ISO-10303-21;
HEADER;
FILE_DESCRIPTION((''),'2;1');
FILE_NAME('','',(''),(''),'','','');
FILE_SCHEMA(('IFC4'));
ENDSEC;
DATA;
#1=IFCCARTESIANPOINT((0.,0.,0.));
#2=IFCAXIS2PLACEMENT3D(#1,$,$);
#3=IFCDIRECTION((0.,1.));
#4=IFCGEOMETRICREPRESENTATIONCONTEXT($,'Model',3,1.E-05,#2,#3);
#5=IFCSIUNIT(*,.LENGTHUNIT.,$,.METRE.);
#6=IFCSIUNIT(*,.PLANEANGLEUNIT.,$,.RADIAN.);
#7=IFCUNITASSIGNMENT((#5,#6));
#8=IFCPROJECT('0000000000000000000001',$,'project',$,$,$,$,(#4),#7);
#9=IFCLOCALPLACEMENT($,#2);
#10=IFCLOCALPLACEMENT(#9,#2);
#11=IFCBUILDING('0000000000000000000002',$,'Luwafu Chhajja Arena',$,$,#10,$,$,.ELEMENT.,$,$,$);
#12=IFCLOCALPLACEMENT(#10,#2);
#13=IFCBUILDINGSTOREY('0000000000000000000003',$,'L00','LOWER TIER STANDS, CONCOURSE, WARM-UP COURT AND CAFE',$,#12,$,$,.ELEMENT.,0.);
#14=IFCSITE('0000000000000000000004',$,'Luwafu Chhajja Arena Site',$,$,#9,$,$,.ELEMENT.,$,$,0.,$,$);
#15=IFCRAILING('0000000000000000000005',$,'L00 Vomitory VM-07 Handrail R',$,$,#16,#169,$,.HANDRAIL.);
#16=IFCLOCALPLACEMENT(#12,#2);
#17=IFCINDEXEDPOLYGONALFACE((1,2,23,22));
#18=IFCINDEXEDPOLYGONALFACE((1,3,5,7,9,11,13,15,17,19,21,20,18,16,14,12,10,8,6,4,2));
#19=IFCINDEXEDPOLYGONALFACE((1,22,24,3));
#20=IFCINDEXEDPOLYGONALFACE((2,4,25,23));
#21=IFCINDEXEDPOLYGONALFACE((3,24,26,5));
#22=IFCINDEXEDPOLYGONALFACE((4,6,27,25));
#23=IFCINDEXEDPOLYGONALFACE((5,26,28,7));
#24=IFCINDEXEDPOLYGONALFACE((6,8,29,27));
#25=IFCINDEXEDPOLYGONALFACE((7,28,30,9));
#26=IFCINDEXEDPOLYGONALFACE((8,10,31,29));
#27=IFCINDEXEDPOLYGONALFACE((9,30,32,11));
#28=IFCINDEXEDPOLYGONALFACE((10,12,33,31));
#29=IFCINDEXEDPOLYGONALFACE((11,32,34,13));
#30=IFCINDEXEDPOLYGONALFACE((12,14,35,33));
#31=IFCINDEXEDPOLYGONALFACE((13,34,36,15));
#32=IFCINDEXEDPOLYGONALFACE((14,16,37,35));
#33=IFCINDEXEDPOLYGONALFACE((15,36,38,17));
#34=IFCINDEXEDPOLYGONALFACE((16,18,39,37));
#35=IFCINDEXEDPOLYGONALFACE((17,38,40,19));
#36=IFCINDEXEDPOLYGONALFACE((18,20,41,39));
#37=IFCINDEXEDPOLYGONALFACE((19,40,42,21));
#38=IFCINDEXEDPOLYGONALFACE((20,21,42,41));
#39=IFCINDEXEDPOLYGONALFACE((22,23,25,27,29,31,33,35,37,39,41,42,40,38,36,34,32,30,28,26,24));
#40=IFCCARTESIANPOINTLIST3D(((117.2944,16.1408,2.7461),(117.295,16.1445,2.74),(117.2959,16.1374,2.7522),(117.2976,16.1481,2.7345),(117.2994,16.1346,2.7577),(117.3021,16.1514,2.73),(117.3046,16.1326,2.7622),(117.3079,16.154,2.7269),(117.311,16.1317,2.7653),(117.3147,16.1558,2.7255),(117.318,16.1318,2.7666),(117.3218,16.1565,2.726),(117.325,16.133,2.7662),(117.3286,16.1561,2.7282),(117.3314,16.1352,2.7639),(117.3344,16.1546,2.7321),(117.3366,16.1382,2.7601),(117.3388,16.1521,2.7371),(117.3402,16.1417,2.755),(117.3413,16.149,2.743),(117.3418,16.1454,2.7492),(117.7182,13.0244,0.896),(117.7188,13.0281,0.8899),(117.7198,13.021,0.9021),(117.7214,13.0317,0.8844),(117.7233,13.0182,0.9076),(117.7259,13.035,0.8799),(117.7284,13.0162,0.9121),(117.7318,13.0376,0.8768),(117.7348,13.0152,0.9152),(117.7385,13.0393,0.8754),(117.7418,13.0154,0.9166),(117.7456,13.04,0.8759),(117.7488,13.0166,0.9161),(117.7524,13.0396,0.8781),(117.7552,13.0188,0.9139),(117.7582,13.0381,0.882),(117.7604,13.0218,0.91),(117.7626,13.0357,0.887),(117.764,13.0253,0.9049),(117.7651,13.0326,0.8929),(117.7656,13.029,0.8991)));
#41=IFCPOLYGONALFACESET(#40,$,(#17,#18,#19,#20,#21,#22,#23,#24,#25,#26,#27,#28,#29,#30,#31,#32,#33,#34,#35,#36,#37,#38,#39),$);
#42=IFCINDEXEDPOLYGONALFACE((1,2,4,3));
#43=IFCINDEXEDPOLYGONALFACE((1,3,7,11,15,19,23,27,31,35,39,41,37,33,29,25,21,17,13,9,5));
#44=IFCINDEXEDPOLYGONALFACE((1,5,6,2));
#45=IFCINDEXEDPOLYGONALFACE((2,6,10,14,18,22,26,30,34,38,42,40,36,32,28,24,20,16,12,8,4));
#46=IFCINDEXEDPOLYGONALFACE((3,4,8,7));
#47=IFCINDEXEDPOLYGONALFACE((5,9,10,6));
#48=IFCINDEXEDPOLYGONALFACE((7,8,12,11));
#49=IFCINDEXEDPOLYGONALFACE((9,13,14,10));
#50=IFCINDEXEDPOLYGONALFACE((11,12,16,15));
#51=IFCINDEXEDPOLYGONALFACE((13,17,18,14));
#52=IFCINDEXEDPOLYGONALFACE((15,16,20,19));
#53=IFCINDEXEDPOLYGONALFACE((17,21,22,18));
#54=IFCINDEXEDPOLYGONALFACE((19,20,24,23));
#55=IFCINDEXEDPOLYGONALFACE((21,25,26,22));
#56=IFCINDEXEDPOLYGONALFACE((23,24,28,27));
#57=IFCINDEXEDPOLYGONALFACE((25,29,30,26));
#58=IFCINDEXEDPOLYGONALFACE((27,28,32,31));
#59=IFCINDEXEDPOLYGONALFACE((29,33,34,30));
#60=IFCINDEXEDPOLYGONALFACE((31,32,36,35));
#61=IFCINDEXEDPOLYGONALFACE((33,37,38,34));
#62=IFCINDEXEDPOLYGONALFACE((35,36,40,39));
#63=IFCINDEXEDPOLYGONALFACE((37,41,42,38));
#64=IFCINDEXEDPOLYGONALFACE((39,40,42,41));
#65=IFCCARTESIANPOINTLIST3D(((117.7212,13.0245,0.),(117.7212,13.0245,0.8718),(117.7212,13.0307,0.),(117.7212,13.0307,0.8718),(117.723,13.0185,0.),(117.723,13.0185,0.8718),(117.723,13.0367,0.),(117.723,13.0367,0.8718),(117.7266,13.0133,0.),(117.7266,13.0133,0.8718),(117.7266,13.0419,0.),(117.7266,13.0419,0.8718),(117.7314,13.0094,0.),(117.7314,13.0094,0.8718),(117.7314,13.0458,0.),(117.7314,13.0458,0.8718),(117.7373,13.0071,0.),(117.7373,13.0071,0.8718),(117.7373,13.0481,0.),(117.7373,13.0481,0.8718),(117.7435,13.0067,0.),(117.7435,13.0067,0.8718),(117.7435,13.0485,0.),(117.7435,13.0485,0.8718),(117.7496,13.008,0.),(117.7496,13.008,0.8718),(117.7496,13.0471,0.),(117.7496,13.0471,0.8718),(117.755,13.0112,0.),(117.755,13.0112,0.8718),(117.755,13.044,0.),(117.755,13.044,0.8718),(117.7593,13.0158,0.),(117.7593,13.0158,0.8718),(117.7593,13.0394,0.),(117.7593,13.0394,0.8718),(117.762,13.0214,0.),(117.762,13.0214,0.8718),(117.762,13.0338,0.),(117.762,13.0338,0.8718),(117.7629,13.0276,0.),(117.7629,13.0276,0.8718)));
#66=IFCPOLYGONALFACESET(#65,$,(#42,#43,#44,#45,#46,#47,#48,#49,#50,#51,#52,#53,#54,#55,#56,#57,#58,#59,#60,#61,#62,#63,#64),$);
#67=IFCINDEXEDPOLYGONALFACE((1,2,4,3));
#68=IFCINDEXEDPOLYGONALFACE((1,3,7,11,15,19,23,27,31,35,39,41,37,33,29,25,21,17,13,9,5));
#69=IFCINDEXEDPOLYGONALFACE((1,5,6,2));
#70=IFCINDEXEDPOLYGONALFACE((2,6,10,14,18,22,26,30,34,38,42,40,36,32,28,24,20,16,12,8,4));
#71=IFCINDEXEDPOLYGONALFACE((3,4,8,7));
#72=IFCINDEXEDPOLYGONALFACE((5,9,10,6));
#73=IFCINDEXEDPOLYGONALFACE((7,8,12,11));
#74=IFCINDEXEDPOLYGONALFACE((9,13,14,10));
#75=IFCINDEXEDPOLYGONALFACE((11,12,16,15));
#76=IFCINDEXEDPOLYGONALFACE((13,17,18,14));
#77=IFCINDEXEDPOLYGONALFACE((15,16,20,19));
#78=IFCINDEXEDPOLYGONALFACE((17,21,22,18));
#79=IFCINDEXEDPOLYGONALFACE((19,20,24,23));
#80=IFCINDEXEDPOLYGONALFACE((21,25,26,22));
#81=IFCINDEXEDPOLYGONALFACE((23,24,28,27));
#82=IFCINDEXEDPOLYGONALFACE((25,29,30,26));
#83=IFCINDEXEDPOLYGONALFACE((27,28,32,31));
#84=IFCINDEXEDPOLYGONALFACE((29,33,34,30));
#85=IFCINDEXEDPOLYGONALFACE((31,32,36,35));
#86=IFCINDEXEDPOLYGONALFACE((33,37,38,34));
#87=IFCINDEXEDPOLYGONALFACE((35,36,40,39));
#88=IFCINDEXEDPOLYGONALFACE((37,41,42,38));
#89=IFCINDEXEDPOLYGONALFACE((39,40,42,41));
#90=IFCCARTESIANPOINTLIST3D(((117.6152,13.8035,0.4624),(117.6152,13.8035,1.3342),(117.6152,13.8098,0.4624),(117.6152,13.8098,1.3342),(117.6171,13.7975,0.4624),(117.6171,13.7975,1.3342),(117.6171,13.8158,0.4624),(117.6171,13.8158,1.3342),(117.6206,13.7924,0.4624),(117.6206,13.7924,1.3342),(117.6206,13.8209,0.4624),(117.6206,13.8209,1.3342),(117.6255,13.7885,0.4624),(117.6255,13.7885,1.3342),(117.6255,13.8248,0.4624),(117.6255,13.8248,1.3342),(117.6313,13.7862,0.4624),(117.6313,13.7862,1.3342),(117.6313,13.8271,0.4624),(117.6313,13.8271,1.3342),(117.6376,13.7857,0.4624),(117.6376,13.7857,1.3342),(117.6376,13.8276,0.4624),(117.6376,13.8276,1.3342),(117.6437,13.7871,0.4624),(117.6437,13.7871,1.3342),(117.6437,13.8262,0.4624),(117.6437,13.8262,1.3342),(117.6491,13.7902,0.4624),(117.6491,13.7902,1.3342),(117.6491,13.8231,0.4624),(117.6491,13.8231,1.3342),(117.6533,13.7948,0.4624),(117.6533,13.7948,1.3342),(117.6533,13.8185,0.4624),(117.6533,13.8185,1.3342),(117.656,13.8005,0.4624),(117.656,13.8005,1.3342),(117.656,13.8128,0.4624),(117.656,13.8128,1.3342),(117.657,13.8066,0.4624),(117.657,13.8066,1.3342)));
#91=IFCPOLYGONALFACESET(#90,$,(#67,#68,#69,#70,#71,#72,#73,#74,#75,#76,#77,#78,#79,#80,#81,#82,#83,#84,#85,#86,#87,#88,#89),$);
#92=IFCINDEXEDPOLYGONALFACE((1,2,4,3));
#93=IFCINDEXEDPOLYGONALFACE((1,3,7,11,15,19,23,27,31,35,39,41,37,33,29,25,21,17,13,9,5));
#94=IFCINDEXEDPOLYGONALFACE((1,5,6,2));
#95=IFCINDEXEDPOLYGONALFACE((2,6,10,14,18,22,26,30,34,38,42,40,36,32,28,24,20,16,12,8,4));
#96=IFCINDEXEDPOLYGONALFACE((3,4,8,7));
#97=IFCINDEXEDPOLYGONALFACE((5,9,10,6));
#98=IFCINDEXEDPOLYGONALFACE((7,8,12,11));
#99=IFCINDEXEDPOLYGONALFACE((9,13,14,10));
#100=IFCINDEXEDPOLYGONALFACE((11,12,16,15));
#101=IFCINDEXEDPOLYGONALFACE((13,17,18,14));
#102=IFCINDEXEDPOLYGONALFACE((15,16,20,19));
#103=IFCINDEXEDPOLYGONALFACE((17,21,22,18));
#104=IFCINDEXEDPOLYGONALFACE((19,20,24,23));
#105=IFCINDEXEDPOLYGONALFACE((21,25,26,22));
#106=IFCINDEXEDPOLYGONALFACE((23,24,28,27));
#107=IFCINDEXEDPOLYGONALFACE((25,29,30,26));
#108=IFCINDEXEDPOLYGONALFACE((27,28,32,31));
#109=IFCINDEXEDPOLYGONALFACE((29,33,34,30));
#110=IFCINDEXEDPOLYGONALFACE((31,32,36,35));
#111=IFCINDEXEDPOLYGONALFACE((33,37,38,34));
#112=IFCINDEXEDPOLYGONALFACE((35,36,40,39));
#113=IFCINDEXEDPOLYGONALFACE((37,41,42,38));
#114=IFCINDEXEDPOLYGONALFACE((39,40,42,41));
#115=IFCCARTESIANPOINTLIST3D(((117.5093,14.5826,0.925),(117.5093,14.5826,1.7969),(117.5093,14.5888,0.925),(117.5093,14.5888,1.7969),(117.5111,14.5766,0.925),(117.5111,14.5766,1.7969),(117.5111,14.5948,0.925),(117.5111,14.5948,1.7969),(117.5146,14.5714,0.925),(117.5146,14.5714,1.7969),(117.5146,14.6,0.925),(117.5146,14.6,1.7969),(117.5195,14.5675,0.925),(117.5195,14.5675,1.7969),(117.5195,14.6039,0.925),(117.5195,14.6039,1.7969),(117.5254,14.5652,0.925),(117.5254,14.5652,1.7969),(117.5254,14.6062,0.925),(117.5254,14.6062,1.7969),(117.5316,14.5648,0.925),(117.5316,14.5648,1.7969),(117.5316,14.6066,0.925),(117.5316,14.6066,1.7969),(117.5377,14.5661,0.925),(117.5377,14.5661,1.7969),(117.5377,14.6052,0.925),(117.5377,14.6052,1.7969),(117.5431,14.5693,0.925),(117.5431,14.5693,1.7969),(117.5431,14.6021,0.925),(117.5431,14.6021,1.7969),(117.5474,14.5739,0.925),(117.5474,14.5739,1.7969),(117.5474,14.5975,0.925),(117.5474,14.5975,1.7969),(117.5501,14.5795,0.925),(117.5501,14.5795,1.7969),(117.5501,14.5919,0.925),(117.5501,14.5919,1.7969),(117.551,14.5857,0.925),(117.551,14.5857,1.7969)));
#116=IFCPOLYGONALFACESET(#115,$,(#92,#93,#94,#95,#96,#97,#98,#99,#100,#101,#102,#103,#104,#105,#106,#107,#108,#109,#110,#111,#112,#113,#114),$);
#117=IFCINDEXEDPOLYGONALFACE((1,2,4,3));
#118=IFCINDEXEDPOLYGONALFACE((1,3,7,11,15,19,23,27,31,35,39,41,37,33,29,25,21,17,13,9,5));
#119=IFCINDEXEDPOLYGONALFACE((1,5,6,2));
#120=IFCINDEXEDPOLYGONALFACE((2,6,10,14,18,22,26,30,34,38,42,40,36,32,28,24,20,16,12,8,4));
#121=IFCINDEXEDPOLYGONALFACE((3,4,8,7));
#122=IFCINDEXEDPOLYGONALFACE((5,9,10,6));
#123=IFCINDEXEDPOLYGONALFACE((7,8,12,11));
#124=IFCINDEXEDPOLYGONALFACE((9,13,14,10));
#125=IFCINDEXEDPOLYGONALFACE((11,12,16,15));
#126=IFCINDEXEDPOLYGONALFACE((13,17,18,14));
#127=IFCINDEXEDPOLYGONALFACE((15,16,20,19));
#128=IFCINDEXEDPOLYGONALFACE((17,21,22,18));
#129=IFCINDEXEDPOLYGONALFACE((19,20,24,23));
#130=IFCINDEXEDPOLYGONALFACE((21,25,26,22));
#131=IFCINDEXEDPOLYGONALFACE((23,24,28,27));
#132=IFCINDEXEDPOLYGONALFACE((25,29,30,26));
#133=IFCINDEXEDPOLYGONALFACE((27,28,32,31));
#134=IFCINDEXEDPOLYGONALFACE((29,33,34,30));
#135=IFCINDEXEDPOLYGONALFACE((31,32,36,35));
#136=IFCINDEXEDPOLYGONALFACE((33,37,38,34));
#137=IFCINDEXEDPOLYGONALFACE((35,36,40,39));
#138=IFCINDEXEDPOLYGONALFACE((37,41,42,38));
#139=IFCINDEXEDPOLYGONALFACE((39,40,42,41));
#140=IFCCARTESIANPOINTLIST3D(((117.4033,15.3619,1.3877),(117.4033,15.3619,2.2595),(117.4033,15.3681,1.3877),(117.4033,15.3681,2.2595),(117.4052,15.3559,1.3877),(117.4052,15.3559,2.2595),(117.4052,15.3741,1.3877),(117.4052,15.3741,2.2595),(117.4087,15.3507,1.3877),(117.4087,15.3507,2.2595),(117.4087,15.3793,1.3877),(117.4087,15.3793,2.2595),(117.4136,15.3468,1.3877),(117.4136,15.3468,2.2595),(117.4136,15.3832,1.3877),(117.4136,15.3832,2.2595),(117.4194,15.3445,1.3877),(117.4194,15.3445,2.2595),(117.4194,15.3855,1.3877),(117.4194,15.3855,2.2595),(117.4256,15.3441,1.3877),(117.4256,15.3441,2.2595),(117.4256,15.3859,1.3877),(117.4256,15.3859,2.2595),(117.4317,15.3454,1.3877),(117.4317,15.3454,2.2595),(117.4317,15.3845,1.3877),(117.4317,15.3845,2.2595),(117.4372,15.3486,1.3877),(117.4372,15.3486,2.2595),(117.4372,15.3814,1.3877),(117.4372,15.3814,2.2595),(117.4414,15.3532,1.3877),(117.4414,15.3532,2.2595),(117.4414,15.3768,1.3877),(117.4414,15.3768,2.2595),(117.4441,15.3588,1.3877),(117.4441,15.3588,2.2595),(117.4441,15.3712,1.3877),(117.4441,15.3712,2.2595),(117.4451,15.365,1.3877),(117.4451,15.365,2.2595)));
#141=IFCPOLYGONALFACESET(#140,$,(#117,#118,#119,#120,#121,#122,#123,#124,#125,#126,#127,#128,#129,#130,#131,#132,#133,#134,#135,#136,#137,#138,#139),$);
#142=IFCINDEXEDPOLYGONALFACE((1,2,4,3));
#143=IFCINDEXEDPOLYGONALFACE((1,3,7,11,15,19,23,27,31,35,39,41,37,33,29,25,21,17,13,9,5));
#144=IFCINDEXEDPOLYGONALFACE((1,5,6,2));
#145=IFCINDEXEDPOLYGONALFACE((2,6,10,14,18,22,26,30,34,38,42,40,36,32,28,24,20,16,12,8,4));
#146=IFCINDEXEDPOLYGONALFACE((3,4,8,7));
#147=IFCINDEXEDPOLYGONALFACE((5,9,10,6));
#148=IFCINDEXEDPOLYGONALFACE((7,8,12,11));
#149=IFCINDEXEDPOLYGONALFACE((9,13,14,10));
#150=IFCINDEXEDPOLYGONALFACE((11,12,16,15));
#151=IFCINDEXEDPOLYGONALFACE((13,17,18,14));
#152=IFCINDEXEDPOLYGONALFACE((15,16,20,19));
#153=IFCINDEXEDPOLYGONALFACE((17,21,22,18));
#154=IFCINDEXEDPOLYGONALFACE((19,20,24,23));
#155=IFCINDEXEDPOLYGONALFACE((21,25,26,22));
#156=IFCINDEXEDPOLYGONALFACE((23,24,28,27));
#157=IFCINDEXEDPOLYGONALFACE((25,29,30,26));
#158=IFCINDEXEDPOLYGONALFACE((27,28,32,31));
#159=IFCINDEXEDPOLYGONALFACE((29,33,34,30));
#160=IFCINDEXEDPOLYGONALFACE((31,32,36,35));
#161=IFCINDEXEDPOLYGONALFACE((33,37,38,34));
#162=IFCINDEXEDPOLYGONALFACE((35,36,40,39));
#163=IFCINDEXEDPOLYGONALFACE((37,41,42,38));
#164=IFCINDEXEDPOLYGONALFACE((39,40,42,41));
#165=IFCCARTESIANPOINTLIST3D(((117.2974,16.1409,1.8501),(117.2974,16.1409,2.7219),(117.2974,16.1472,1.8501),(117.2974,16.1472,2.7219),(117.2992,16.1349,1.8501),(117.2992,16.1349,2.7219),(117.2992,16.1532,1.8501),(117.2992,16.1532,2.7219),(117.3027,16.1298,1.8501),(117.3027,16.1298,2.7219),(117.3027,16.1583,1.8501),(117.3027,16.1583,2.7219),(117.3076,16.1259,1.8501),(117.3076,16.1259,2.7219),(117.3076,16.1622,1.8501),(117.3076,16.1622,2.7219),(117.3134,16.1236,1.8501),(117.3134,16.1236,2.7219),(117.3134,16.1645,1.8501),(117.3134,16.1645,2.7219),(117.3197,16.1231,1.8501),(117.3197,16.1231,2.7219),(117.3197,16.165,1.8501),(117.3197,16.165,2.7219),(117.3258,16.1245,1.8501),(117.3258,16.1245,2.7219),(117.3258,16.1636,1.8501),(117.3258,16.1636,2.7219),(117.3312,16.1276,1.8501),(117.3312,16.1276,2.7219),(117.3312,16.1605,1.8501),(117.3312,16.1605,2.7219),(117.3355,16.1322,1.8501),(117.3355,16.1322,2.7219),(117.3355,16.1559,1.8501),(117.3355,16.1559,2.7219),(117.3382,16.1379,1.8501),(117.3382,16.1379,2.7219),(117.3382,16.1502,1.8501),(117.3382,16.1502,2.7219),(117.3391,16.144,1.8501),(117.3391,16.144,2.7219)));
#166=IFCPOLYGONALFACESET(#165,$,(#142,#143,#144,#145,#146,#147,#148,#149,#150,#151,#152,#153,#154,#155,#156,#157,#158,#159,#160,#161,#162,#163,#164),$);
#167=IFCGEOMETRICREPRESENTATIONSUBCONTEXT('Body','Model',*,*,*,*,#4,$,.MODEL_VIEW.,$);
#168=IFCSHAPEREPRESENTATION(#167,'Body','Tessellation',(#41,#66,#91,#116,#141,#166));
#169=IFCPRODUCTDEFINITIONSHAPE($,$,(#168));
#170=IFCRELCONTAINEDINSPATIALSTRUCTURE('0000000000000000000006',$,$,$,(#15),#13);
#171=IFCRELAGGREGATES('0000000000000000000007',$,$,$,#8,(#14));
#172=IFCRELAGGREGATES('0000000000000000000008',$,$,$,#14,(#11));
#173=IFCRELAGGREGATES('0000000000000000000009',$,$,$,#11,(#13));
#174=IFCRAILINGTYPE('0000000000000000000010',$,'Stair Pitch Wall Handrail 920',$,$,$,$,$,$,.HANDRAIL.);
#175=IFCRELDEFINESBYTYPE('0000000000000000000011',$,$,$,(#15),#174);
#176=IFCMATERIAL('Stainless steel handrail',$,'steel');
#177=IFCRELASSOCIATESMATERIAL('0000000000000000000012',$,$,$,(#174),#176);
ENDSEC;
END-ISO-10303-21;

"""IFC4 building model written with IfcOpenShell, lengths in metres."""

from ifc_helpers import new_model, si_unit, direction, frame, origin, origin_2d, place, context, subcontext, project, spatial, circle, extrude, material, type_object, element, save


model = new_model("IFC4")

# Units and contexts
model_context = context("Model", 3, precision=1e-05, world=origin(), true_north=direction((0.0, 1.0)))
body_context = subcontext(model_context, "Body", "Model", "MODEL_VIEW")
ifc_project = project(units=[si_unit("LENGTHUNIT", "METRE"), si_unit("PLANEANGLEUNIT", "RADIAN")], contexts=[model_context])

# Site, building, storey
site_placement = place(None, origin())
site = spatial("IfcSite", under=ifc_project, at=site_placement, Name="Luwafu Chhajja Arena Site", CompositionType="ELEMENT", RefElevation=0.0)
building_placement = place(site_placement, origin())
building = spatial("IfcBuilding", under=site, at=building_placement, Name="Luwafu Chhajja Arena", CompositionType="ELEMENT")
storey_placement = place(building_placement, origin())
storey = spatial("IfcBuildingStorey", under=building, at=storey_placement, Name="L00", Description="LOWER TIER STANDS, CONCOURSE, WARM-UP COURT AND CAFE", CompositionType="ELEMENT", Elevation=0.0)

# Railing
ifc_material_1 = material(Name="Stainless steel handrail", Category="steel")
railing_type_1 = type_object("IfcRailingType", Name="Stair Pitch Wall Handrail 920", PredefinedType="HANDRAIL", material=ifc_material_1)
railing_1_placement = place(storey_placement, frame((117.7419, 13.0276, 0.0)))
element("IfcRailing", 1, at=railing_1_placement, inside=storey, type_object=railing_type_1, Name="L00 Vomitory VM-07 Handrail R", PredefinedType="HANDRAIL", context=body_context, shape_type="SweptSolid", body=[
    extrude(circle(Radius=0.0239, at=origin_2d()), frame((0.0, 0.0, 0.896), z_axis=(-0.116151, 0.854071, 0.507023), x_axis=(-0.990879, -0.134756, 0.0)), (0.0, 0.0, 1.0), 3.6489),
    extrude(circle(Radius=0.021, at=origin_2d()), origin(), (0.0, 0.0, 1.0), 0.8718),
    extrude(circle(Radius=0.021, at=origin_2d()), frame((-0.106, 0.7791, 0.4624)), (0.0, 0.0, 1.0), 0.8718),
    extrude(circle(Radius=0.021, at=origin_2d()), frame((-0.2119, 1.5581, 0.925)), (0.0, 0.0, 1.0), 0.8718),
    extrude(circle(Radius=0.021, at=origin_2d()), frame((-0.3179, 2.3374, 1.3877)), (0.0, 0.0, 1.0), 0.8718),
    extrude(circle(Radius=0.021, at=origin_2d()), frame((-0.4238, 3.1165, 1.8501)), (0.0, 0.0, 1.0), 0.8718),
])

save(model, "model.ifc")
